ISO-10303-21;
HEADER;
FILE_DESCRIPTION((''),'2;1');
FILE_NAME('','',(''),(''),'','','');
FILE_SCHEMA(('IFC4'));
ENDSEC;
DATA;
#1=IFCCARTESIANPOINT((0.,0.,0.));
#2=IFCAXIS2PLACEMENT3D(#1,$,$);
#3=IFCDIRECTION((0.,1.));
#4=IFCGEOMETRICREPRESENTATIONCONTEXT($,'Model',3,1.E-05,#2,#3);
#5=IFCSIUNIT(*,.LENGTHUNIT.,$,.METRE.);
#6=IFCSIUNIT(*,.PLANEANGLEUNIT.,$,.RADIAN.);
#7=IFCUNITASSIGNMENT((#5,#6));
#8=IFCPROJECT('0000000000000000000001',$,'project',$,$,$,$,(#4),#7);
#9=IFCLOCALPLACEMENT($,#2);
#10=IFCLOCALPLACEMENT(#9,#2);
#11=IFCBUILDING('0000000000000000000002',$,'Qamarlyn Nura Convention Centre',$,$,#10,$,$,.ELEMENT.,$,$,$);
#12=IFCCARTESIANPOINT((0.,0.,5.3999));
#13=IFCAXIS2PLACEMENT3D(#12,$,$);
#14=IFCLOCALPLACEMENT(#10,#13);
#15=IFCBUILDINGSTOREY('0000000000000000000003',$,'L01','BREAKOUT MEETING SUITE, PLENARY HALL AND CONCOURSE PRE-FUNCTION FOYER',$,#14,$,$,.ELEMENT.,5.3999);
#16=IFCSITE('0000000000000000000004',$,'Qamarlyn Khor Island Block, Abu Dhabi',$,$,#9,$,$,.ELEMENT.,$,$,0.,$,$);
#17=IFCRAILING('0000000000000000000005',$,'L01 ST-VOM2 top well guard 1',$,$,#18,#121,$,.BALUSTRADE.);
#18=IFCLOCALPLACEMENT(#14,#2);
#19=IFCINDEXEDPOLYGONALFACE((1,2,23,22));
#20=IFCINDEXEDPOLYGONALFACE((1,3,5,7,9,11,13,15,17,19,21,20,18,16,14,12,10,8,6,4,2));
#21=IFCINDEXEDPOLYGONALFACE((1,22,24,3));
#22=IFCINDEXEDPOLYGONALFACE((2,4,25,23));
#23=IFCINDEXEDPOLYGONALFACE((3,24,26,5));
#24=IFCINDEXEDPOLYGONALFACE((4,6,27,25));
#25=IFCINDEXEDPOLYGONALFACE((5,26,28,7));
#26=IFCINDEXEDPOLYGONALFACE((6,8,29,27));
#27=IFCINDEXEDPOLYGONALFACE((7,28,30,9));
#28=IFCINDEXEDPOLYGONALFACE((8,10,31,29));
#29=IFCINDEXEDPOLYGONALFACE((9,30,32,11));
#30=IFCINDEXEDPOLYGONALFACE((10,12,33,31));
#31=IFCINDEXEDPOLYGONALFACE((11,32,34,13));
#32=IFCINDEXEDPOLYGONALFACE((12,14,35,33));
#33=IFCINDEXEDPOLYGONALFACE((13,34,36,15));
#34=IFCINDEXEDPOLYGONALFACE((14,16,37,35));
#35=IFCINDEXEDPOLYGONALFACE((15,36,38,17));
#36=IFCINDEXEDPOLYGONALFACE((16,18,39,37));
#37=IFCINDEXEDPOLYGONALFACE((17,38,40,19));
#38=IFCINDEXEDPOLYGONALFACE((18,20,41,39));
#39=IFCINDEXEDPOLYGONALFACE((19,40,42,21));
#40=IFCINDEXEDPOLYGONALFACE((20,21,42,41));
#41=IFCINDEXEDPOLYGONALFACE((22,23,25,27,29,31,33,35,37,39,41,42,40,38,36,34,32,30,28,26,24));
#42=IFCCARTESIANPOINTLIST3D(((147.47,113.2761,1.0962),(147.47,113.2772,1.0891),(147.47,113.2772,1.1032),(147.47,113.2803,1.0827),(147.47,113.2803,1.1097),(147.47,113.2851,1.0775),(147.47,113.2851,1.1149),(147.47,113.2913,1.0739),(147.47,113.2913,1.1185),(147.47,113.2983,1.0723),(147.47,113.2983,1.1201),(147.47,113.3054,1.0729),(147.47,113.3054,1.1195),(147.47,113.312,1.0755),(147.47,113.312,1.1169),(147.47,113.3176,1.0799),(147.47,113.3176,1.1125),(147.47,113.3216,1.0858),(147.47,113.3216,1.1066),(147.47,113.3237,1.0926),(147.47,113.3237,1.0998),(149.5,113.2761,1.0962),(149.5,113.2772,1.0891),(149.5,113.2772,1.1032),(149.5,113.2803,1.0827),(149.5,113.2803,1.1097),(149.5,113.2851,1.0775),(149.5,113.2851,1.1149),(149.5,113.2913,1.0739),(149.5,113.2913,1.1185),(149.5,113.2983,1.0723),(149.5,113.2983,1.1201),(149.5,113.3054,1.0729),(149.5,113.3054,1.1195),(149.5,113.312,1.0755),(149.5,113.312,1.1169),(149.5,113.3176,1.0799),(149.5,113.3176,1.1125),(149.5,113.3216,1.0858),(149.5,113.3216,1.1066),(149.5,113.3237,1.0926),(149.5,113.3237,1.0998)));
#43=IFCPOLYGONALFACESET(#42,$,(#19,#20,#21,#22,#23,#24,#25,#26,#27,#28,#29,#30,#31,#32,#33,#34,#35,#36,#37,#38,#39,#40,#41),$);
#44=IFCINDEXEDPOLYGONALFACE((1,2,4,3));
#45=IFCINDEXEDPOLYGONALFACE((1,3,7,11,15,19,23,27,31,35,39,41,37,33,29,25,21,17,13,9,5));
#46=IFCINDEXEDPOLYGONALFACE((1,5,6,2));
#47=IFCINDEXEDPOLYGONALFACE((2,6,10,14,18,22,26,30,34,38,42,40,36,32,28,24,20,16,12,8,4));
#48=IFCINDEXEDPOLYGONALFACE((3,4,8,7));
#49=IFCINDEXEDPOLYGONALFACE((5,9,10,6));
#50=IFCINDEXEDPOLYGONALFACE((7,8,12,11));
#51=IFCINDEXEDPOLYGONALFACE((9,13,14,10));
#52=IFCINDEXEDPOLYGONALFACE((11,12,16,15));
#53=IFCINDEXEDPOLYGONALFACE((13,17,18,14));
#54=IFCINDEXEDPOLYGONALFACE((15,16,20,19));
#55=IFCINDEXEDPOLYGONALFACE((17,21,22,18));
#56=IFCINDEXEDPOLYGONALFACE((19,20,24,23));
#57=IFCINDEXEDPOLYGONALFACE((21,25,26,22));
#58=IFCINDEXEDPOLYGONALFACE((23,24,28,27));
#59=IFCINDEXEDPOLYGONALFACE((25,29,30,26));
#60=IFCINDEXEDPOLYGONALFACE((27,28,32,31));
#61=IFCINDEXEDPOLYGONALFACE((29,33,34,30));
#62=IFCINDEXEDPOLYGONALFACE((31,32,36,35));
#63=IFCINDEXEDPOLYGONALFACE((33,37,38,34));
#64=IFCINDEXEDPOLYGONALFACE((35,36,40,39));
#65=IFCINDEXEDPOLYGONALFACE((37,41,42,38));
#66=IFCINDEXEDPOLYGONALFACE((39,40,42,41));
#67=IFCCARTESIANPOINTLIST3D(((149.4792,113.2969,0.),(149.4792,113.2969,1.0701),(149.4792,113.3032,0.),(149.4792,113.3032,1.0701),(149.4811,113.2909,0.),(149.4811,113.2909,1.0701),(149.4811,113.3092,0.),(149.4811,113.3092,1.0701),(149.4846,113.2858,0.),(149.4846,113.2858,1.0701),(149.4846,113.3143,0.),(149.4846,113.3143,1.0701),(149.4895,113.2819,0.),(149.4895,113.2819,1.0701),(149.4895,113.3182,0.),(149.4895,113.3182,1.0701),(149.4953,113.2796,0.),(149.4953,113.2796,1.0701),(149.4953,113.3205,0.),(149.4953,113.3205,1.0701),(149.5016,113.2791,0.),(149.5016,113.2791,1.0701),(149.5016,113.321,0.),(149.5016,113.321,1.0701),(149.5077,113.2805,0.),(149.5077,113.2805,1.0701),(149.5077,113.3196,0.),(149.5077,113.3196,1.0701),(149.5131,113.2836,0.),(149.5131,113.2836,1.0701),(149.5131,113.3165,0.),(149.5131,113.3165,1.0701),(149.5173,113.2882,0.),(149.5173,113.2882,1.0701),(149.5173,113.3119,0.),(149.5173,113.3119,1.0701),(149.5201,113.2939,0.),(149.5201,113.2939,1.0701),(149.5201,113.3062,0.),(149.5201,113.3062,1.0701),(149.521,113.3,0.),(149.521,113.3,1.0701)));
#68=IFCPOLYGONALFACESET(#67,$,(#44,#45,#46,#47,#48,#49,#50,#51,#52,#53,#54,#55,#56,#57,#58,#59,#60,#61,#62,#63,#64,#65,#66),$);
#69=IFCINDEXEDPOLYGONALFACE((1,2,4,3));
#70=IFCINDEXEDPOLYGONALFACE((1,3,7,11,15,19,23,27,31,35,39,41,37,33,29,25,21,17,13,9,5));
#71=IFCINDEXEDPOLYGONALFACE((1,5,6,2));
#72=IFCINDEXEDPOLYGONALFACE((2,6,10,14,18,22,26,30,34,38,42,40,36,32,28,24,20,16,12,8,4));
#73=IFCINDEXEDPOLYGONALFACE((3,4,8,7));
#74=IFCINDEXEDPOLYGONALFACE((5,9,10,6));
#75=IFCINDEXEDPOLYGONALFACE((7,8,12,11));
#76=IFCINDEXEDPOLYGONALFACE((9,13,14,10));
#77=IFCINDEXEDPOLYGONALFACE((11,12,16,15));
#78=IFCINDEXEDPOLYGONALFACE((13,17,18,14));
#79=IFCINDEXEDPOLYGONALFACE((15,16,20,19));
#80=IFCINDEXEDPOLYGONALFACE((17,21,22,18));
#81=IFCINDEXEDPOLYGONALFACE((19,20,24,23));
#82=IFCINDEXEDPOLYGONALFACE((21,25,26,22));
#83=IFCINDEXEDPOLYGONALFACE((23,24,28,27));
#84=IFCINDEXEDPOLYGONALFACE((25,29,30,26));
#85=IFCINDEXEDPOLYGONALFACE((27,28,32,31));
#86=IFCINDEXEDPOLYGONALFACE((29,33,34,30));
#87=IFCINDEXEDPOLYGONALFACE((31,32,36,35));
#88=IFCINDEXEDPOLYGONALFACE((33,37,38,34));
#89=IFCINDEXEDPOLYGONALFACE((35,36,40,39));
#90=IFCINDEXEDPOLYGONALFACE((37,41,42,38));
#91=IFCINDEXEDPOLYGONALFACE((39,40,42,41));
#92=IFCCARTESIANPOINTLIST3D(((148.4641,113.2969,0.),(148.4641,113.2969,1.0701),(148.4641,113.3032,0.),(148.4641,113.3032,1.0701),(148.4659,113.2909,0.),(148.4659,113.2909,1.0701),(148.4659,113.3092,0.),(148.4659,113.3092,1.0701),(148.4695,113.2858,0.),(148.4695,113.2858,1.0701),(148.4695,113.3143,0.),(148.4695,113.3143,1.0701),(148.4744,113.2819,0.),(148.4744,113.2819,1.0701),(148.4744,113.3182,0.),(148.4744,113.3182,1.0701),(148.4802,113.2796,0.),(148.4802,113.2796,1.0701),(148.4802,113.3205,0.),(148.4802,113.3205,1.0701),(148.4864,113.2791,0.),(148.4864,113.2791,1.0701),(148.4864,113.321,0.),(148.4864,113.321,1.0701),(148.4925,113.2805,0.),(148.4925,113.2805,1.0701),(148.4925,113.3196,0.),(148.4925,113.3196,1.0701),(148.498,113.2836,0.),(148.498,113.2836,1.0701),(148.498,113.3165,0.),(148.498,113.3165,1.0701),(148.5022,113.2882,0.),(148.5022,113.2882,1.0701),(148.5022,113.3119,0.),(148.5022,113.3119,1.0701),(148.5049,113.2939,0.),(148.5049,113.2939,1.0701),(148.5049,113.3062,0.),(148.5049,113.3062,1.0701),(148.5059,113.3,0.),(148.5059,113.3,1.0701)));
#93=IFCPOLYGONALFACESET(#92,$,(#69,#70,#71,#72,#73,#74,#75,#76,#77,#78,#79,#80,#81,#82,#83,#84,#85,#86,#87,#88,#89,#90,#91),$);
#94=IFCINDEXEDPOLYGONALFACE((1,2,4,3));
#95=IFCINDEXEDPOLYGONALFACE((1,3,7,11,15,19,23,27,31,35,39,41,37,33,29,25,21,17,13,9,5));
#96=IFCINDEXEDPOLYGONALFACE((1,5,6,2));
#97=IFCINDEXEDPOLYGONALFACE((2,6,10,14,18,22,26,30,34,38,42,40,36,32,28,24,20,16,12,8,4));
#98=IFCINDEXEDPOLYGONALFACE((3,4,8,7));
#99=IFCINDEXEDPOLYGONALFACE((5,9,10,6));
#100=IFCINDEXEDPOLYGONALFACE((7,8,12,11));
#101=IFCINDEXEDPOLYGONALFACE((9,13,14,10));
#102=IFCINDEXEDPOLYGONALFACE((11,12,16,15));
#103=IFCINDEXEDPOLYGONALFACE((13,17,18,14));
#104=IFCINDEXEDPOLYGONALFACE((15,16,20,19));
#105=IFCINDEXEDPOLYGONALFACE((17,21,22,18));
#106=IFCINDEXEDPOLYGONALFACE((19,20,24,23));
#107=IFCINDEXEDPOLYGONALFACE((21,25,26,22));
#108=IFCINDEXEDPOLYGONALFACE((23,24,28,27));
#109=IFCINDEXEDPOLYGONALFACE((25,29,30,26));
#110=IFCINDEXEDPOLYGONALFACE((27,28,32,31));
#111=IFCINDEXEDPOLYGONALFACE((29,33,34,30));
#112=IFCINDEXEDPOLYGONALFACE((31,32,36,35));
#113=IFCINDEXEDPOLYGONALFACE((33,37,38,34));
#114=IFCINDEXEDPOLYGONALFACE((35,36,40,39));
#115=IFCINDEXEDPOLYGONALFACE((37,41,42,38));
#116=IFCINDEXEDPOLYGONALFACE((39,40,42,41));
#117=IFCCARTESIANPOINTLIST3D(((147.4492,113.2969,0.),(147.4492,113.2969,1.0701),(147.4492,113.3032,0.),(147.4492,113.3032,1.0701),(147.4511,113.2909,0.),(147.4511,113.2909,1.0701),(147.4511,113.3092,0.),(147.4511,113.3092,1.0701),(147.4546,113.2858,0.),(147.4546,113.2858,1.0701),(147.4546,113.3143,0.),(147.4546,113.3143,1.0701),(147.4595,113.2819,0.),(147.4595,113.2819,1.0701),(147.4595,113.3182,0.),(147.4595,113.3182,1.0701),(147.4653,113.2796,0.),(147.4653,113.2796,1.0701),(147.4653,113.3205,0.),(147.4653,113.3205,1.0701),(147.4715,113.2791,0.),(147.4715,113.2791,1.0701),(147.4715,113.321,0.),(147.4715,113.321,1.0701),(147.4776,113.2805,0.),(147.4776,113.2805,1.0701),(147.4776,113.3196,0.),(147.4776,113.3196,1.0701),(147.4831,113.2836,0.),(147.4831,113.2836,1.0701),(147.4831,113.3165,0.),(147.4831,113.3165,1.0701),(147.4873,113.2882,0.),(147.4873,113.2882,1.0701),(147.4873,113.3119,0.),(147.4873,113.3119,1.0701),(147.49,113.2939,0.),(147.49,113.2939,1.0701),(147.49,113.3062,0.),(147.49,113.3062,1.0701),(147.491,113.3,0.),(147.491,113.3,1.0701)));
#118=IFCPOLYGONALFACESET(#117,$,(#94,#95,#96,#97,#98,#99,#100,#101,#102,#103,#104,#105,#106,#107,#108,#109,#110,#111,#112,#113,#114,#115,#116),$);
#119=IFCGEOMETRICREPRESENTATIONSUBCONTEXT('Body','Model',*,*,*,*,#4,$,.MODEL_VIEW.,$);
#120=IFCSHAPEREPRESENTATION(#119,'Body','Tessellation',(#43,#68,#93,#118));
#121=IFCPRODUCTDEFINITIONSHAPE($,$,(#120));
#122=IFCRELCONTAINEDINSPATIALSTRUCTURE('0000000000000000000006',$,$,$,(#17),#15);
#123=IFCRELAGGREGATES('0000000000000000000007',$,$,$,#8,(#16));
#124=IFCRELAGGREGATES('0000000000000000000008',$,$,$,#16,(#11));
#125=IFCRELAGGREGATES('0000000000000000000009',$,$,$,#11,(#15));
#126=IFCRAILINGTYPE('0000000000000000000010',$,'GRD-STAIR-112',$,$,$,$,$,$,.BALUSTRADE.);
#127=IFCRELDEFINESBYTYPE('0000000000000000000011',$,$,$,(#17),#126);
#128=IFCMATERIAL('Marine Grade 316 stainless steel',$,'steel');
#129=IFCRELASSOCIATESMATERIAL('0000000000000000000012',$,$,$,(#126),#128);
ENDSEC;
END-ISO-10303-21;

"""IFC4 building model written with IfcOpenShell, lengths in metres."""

from ifc_helpers import new_model, si_unit, direction, frame, origin, origin_2d, place, context, subcontext, project, spatial, circle, extrude, material, type_object, element, save


model = new_model("IFC4")

# Units and contexts
model_context = context("Model", 3, precision=1e-05, world=origin(), true_north=direction((0.0, 1.0)))
body_context = subcontext(model_context, "Body", "Model", "MODEL_VIEW")
ifc_project = project(units=[si_unit("LENGTHUNIT", "METRE"), si_unit("PLANEANGLEUNIT", "RADIAN")], contexts=[model_context])

# Site, building, storey
site_placement = place(None, origin())
site = spatial("IfcSite", under=ifc_project, at=site_placement, Name="Qamarlyn Khor Island Block, Abu Dhabi", CompositionType="ELEMENT", RefElevation=0.0)
building_placement = place(site_placement, origin())
building = spatial("IfcBuilding", under=site, at=building_placement, Name="Qamarlyn Nura Convention Centre", CompositionType="ELEMENT")
storey_placement = place(building_placement, frame((0.0, 0.0, 5.3999)))
storey = spatial("IfcBuildingStorey", under=building, at=storey_placement, Name="L01", Description="BREAKOUT MEETING SUITE, PLENARY HALL AND CONCOURSE PRE-FUNCTION FOYER", CompositionType="ELEMENT", Elevation=5.3999)

# Railing
ifc_material_1 = material(Name="Marine Grade 316 stainless steel", Category="steel")
railing_type_1 = type_object("IfcRailingType", Name="GRD-STAIR-112", PredefinedType="BALUSTRADE", material=ifc_material_1)
railing_1_placement = place(storey_placement, frame((149.5, 113.3, 0.0)))
element("IfcRailing", 1, at=railing_1_placement, inside=storey, type_object=railing_type_1, Name="L01 ST-VOM2 top well guard 1", PredefinedType="BALUSTRADE", context=body_context, shape_type="SweptSolid", body=[
    extrude(circle(Radius=0.0239, at=origin_2d()), frame((0.0, 0.0, 1.0962), z_axis=(-1.0, 0.0, 0.0), x_axis=(0.0, -1.0, 0.0)), (0.0, 0.0, 1.0), 2.03),
    extrude(circle(Radius=0.021, at=origin_2d()), origin(), (0.0, 0.0, 1.0), 1.0701),
    extrude(circle(Radius=0.021, at=origin_2d()), frame((-1.0151, 0.0, 0.0)), (0.0, 0.0, 1.0), 1.0701),
    extrude(circle(Radius=0.021, at=origin_2d()), frame((-2.03, 0.0, 0.0)), (0.0, 0.0, 1.0), 1.0701),
])

save(model, "model.ifc")
